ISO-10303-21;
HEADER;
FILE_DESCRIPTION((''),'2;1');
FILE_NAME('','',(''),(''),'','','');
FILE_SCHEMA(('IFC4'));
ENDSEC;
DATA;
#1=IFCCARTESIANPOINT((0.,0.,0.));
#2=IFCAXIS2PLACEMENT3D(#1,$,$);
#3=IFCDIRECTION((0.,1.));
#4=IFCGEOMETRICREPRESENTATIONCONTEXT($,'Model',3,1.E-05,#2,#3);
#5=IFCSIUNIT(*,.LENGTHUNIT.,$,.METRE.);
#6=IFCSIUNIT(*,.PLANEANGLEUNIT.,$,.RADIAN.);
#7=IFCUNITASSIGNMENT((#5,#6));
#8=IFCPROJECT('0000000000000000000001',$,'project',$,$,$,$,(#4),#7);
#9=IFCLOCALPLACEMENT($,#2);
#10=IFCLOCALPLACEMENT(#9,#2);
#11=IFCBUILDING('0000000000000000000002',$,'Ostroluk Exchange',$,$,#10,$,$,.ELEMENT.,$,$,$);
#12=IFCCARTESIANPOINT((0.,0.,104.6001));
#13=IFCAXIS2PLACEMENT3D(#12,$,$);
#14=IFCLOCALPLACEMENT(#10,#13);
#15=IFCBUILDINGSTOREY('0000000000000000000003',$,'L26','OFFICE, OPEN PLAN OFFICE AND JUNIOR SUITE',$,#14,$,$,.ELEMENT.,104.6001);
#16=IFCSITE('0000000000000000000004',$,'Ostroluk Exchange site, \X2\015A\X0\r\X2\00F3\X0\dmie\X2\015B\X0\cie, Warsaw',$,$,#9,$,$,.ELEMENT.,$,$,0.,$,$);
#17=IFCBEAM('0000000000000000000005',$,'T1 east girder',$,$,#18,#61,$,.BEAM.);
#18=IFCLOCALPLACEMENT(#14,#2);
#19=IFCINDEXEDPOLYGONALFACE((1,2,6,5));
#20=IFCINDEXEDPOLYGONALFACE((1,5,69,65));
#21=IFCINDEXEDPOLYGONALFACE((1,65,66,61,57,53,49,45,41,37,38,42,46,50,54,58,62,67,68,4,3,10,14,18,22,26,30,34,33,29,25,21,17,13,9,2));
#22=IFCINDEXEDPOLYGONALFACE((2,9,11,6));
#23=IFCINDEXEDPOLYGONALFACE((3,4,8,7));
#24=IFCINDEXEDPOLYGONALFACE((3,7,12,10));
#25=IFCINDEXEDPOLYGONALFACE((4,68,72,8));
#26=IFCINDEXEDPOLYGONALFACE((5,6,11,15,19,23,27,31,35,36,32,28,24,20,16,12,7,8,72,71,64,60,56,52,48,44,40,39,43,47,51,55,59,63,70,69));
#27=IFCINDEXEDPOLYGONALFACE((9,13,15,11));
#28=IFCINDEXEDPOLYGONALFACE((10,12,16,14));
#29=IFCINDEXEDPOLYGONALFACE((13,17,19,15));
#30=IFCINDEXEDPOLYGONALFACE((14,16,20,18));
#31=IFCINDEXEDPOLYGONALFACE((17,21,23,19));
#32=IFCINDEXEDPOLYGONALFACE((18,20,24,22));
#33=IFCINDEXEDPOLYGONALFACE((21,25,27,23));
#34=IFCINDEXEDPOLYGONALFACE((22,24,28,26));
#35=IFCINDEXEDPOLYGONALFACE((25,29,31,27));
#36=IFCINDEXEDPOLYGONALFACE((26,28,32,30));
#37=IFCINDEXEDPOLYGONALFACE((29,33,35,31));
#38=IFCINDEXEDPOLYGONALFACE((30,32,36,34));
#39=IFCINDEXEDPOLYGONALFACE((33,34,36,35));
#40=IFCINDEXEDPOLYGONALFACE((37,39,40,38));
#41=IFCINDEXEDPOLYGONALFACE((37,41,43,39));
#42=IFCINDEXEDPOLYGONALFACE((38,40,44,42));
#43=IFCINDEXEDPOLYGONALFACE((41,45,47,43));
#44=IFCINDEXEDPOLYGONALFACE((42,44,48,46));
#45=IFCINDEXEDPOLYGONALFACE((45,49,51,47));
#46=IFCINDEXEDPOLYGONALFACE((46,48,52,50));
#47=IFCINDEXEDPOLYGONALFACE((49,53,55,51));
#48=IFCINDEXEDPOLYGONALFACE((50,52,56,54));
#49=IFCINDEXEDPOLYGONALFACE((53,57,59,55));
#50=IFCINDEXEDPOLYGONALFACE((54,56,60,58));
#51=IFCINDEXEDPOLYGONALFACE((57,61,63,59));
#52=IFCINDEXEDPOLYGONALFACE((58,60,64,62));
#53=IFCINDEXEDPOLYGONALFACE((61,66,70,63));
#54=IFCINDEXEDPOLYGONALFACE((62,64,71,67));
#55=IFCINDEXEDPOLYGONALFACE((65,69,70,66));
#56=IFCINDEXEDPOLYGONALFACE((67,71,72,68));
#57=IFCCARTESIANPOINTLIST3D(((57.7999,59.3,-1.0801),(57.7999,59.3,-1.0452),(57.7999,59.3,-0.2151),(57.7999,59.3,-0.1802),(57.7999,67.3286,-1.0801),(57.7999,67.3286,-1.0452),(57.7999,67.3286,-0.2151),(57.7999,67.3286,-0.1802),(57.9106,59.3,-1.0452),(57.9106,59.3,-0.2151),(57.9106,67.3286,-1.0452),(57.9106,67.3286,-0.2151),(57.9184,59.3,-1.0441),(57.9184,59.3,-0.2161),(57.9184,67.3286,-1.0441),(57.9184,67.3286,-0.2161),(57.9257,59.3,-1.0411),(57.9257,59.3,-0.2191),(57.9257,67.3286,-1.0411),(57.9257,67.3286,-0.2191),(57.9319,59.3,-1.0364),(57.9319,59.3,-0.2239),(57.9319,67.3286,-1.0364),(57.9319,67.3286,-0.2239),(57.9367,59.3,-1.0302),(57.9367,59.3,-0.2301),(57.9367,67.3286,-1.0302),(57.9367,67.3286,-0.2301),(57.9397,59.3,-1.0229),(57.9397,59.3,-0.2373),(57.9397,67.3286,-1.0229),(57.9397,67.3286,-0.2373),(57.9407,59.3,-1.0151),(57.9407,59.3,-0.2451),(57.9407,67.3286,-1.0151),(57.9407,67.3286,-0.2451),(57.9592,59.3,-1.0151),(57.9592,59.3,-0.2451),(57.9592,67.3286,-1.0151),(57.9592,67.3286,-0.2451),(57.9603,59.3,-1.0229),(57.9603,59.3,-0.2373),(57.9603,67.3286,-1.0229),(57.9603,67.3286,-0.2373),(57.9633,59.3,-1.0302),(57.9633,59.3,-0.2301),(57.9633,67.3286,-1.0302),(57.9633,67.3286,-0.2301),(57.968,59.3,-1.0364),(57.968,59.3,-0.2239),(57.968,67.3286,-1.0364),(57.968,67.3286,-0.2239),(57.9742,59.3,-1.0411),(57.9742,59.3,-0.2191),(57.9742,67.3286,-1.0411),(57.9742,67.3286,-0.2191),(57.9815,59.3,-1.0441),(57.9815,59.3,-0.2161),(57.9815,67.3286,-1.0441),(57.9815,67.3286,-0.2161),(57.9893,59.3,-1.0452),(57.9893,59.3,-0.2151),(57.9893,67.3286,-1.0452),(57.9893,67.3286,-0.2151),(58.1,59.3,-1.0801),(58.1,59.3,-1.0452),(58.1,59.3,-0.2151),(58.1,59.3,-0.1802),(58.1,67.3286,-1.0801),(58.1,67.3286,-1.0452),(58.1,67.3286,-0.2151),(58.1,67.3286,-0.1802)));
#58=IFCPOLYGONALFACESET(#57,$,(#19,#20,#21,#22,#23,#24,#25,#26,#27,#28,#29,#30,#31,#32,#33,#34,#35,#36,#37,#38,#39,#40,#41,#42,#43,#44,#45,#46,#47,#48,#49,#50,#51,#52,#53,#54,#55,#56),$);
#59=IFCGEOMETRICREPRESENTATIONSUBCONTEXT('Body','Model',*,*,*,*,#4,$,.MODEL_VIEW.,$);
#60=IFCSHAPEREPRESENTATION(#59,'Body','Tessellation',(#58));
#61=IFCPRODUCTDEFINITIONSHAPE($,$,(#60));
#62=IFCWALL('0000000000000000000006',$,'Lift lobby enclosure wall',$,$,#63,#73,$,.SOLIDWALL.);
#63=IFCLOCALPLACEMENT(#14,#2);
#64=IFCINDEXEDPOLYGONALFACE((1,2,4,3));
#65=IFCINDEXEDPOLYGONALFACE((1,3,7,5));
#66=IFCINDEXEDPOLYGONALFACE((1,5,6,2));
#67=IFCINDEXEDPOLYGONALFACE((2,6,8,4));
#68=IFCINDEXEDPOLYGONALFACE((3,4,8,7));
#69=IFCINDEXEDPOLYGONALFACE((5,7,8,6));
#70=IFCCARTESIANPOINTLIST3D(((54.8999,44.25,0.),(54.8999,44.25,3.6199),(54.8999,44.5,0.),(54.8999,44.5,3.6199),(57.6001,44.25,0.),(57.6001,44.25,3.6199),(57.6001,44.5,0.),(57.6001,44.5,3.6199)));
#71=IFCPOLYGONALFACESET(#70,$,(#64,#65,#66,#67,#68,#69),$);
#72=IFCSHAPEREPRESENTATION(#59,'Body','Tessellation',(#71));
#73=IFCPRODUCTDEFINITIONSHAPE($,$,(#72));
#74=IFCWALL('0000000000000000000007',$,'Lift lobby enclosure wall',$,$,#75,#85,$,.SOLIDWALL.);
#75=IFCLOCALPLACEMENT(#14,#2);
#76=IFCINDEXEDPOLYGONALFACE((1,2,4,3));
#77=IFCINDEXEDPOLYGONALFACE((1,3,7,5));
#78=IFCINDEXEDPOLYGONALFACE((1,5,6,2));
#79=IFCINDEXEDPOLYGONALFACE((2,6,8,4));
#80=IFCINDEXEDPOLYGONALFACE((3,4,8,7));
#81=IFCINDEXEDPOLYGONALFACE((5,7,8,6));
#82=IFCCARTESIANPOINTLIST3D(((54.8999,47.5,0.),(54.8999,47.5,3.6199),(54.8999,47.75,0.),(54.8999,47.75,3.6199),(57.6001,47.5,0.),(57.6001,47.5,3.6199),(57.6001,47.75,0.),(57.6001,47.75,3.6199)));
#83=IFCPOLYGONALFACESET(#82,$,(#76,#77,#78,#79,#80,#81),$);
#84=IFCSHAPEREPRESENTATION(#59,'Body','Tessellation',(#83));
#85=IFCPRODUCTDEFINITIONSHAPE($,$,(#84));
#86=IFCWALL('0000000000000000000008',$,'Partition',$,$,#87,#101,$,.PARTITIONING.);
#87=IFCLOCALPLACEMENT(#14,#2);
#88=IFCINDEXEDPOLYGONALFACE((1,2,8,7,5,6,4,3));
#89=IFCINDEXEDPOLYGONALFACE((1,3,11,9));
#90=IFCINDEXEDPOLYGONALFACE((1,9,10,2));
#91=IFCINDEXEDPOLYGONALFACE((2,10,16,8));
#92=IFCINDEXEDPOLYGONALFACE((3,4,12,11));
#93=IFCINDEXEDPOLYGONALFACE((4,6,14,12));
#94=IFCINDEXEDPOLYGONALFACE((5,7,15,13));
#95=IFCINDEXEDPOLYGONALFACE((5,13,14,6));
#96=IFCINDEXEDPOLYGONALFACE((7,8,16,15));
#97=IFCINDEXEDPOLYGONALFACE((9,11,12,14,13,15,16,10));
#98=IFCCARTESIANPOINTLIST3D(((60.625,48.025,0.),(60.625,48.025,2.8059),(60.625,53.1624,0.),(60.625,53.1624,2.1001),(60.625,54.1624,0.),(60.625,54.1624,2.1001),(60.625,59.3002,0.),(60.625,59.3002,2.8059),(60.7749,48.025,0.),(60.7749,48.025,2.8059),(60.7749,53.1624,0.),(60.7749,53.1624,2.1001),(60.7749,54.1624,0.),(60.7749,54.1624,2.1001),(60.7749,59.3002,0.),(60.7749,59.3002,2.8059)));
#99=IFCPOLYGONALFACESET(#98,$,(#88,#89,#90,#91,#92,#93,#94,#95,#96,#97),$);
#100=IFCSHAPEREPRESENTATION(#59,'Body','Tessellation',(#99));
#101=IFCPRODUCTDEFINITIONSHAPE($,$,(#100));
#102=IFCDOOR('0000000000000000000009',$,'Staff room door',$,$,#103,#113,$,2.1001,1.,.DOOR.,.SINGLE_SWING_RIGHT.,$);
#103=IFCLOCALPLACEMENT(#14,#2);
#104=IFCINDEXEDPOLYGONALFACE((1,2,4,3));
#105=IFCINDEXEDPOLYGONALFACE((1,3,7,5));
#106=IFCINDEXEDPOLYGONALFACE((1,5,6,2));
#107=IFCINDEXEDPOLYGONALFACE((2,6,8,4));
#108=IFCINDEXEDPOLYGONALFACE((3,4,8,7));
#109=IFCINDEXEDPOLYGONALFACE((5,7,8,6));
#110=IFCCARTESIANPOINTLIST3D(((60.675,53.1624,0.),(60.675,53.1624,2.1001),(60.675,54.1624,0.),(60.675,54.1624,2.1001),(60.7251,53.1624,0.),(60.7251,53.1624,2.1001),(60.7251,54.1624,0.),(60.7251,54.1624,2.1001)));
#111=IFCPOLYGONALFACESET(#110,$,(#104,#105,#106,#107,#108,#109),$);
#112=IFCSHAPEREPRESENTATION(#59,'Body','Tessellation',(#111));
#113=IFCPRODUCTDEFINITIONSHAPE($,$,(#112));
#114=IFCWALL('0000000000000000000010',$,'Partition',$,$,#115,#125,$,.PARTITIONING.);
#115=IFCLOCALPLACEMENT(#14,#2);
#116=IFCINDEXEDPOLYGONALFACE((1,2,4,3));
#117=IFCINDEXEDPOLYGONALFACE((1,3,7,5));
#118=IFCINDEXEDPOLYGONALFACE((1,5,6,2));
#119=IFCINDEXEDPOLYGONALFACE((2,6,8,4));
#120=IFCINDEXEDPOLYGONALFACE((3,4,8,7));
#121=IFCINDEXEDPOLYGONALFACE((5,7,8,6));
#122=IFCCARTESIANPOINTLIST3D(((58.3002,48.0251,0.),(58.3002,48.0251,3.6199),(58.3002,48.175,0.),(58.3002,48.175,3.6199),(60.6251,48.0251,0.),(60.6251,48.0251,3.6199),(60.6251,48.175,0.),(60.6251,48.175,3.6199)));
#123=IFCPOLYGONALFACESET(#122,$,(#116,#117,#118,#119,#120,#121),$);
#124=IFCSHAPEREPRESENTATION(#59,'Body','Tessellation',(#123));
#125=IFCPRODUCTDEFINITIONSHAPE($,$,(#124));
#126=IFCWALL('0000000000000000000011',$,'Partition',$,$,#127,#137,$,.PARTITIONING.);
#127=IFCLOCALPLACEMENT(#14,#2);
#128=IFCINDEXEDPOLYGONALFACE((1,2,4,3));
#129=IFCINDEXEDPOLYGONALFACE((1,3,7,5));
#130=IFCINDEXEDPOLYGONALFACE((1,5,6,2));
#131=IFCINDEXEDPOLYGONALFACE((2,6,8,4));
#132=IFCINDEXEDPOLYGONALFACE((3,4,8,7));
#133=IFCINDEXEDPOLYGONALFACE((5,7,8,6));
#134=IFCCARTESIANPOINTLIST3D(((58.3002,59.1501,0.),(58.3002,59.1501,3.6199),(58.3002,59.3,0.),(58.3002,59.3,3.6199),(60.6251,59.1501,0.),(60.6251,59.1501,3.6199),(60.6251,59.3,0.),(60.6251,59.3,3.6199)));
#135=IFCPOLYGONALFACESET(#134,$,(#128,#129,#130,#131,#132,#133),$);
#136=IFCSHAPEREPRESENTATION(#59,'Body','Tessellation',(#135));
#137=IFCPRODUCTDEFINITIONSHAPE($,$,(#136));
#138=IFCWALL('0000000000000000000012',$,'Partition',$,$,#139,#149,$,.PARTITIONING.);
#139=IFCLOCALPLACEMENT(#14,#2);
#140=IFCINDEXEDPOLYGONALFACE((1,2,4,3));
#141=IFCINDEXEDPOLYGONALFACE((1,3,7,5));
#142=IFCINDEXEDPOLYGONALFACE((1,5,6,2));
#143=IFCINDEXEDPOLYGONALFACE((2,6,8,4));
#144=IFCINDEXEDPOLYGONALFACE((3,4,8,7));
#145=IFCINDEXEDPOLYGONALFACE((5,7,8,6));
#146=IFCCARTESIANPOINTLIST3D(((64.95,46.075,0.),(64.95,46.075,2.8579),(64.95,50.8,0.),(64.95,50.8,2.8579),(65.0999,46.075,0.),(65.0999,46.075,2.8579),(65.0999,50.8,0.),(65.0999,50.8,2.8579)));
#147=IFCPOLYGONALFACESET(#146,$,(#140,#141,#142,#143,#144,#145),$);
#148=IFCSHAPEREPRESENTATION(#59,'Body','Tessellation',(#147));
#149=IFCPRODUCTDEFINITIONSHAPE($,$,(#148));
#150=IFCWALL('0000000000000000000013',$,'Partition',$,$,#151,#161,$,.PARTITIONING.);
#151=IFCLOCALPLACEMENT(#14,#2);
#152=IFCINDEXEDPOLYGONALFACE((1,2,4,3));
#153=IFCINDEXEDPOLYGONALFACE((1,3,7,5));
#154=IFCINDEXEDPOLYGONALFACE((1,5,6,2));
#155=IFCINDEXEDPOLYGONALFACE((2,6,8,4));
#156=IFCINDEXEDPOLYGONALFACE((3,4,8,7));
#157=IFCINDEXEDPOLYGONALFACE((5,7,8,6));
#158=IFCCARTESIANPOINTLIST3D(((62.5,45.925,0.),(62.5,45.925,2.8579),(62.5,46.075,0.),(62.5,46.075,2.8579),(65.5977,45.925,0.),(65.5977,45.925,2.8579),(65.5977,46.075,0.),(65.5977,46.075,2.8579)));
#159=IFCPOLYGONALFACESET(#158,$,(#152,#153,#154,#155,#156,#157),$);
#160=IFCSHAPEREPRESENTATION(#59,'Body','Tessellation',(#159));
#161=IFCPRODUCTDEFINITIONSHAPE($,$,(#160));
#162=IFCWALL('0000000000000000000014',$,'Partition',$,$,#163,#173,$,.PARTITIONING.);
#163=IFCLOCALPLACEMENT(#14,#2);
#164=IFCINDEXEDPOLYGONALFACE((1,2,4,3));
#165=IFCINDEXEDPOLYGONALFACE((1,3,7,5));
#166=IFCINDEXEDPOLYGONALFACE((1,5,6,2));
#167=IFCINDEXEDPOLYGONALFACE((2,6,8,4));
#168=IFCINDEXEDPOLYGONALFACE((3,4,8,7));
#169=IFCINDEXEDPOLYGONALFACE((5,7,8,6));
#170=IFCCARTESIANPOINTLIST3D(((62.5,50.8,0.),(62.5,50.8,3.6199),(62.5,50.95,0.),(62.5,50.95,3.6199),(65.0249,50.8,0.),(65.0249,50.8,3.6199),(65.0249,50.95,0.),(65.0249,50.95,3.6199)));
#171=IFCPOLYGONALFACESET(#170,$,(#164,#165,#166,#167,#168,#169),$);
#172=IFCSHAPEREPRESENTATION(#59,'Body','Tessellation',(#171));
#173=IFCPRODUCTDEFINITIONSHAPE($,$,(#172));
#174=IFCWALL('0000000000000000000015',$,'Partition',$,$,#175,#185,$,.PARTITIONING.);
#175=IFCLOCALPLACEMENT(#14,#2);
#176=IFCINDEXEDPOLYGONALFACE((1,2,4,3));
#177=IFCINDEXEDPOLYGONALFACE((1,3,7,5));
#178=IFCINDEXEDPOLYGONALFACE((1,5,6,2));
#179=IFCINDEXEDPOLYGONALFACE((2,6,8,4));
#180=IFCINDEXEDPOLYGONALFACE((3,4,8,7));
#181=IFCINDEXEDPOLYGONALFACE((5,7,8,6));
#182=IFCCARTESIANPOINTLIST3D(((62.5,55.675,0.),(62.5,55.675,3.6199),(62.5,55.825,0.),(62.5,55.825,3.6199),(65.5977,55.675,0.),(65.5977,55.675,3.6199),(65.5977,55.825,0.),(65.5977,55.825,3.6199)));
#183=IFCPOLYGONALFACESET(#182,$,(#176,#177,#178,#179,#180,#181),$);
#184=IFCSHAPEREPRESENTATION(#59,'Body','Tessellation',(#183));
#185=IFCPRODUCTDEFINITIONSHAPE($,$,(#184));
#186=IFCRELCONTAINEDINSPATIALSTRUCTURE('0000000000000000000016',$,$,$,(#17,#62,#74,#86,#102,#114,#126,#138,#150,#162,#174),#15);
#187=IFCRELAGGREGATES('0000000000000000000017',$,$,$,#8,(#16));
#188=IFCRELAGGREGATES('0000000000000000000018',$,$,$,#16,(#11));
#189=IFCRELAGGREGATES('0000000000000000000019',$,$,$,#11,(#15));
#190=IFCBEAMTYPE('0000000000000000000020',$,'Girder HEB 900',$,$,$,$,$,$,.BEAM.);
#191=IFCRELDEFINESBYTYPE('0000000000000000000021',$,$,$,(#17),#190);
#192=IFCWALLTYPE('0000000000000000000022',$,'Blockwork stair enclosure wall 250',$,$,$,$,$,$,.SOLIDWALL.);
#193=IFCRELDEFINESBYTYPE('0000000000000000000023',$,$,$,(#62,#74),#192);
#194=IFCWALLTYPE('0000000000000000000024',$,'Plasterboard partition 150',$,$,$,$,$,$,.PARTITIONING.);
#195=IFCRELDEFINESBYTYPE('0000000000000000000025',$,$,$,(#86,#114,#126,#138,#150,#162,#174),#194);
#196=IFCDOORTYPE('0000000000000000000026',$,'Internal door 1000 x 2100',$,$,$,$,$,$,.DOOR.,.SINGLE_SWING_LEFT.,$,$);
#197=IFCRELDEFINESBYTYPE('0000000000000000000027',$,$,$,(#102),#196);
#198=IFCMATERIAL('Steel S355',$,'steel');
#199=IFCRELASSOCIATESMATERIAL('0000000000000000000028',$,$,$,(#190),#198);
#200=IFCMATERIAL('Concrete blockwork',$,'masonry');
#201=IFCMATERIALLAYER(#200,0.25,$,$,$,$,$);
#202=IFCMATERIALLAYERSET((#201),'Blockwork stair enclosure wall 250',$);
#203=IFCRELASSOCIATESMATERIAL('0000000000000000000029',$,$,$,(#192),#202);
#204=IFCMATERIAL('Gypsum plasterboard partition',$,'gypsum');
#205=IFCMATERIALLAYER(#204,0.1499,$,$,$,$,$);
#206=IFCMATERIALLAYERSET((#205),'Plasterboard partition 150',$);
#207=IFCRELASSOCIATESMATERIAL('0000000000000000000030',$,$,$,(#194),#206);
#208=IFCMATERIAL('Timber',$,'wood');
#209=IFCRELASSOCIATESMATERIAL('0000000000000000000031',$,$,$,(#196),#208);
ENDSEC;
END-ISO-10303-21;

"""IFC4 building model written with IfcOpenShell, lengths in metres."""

from ifc_helpers import new_model, si_unit, direction, frame, frame_2d, origin, origin_2d, place, context, subcontext, project, spatial, rectangle, i_section, extrude, material, layer, layer_set, material_profile, profile_set, type_object, element, fill, save


model = new_model("IFC4")

# Units and contexts
model_context = context("Model", 3, precision=1e-05, world=origin(), true_north=direction((0.0, 1.0)))
body_context = subcontext(model_context, "Body", "Model", "MODEL_VIEW")
ifc_project = project(units=[si_unit("LENGTHUNIT", "METRE"), si_unit("PLANEANGLEUNIT", "RADIAN")], contexts=[model_context])

# Site, building, storey
site_placement = place(None, origin())
site = spatial("IfcSite", under=ifc_project, at=site_placement, Name="Ostroluk Exchange site, Śródmieście, Warsaw", CompositionType="ELEMENT", RefElevation=0.0)
building_placement = place(site_placement, origin())
building = spatial("IfcBuilding", under=site, at=building_placement, Name="Ostroluk Exchange", CompositionType="ELEMENT")
storey_placement = place(building_placement, frame((0.0, 0.0, 104.6001)))
storey = spatial("IfcBuildingStorey", under=building, at=storey_placement, Name="L26", Description="OFFICE, OPEN PLAN OFFICE AND JUNIOR SUITE", CompositionType="ELEMENT", Elevation=104.6001)

# Beam
ifc_material_1 = material(Name="Steel S355", Category="steel")
ifc_material_profile_1 = material_profile(ifc_material_1, i_section(OverallWidth=0.3, OverallDepth=0.8999, WebThickness=0.0186, FlangeThickness=0.0349, FilletRadius=0.03, at=origin_2d()), Name="HEB 900")
ifc_profile_set_1 = profile_set([ifc_material_profile_1], Name="Steel S355")
beam_type_1 = type_object("IfcBeamType", Name="Girder HEB 900", PredefinedType="BEAM", material=ifc_profile_set_1)
beam_1_placement = place(storey_placement, frame((57.95, 59.3, -0.6301), z_axis=(0.0, 1.0, 0.0), x_axis=(-1.0, 0.0, 0.0)))
element("IfcBeam", 1, at=beam_1_placement, inside=storey, type_object=beam_type_1, Name="T1 east girder", PredefinedType="BEAM", context=body_context, shape_type="SweptSolid", body=[
    extrude(i_section(OverallWidth=0.3, OverallDepth=0.8999, WebThickness=0.0186, FlangeThickness=0.0349, FilletRadius=0.03, at=origin_2d()), origin(), (0.0, 0.0, 1.0), 8.0286),
])

# Walls
ifc_material_2 = material(Name="Concrete blockwork", Category="masonry")
ifc_layer_1 = layer(ifc_material_2, 0.25)
ifc_layer_set_1 = layer_set([ifc_layer_1], Name="Blockwork stair enclosure wall 250")
wall_type_1 = type_object("IfcWallType", Name="Blockwork stair enclosure wall 250", PredefinedType="SOLIDWALL", material=ifc_layer_set_1)
for number, where, z_axis, x_axis, name in (
    (2, (54.8999, 44.375, 0.0), (0.0, 0.0, 1.0), (1.0, 0.0, 0.0), "Lift lobby enclosure wall"),
    (3, (54.8999, 47.625, 0.0), (0.0, 0.0, 1.0), (1.0, 0.0, 0.0), "Lift lobby enclosure wall"),
):
    element("IfcWall", number, at=place(storey_placement, frame(where, z_axis=z_axis, x_axis=x_axis)), inside=storey, type_object=wall_type_1, Name=name, PredefinedType="SOLIDWALL", context=body_context, shape_type="SweptSolid", body=[
        extrude(rectangle(XDim=2.7002, YDim=0.25, at=frame_2d((1.3501, 0.0))), origin(), (0.0, 0.0, 1.0), 3.6199),
    ])

# Wall, opening, door
ifc_material_3 = material(Name="Gypsum plasterboard partition", Category="gypsum")
ifc_layer_2 = layer(ifc_material_3, 0.1499)
ifc_layer_set_2 = layer_set([ifc_layer_2], Name="Plasterboard partition 150")
wall_type_2 = type_object("IfcWallType", Name="Plasterboard partition 150", PredefinedType="PARTITIONING", material=ifc_layer_set_2)
wall_1_placement = place(storey_placement, frame((60.7, 48.0249, 0.0), z_axis=(0.0, 0.0, 1.0), x_axis=(0.0, 1.0, 0.0)))
wall_1 = element("IfcWall", 4, at=wall_1_placement, inside=storey, type_object=wall_type_2, Name="Partition", PredefinedType="PARTITIONING", context=body_context, shape_type="SweptSolid", body=[
    extrude(rectangle(XDim=11.2751, YDim=0.1499, at=frame_2d((5.6377, 0.0))), origin(), (0.0, 0.0, 1.0), 2.8059),
])
opening_placement = place(wall_1_placement, frame((5.1375, 0.0, 0.0)))
opening = element("IfcOpeningElement", 5, at=opening_placement, cuts=wall_1, PredefinedType="OPENING", context=body_context, shape_type="SweptSolid", body=[
    extrude(rectangle(XDim=1.0, YDim=2.1001, at=frame_2d((0.5, 1.05))), frame((0.0, 0.085, 0.0), z_axis=(0.0, -1.0, 0.0), x_axis=(1.0, 0.0, 0.0)), (0.0, 0.0, 1.0), 0.1699),
])
ifc_material_4 = material(Name="Timber", Category="wood")
door_type = type_object("IfcDoorType", Name="Internal door 1000 x 2100", OperationType="SINGLE_SWING_LEFT", PredefinedType="DOOR", material=ifc_material_4)
door_placement = place(opening_placement, origin())
door = element("IfcDoor", 6, at=door_placement, inside=storey, type_object=door_type, Name="Staff room door", OperationType="SINGLE_SWING_RIGHT", OverallHeight=2.1001, OverallWidth=1.0, PredefinedType="DOOR", context=body_context, shape_type="SweptSolid", body=[
    extrude(rectangle(XDim=1.0, YDim=2.1001, at=frame_2d((0.5, 1.05))), frame((0.0, 0.0249, 0.0), z_axis=(0.0, -1.0, 0.0), x_axis=(1.0, 0.0, 0.0)), (0.0, 0.0, 1.0), 0.05),
])
fill(opening, door)

# Walls
for number, where, z_axis, x_axis, name in (
    (7, (58.3, 48.1001, 0.0), (0.0, 0.0, 1.0), (1.0, 0.0, 0.0), "Partition"),
    (8, (58.3, 59.2251, 0.0), (0.0, 0.0, 1.0), (1.0, 0.0, 0.0), "Partition"),
):
    element("IfcWall", number, at=place(storey_placement, frame(where, z_axis=z_axis, x_axis=x_axis)), inside=storey, type_object=wall_type_2, Name=name, PredefinedType="PARTITIONING", context=body_context, shape_type="SweptSolid", body=[
        extrude(rectangle(XDim=2.325, YDim=0.1499, at=frame_2d((1.1626, 0.0))), origin(), (0.0, 0.0, 1.0), 3.6199),
    ])
wall_2_placement = place(storey_placement, frame((65.0249, 46.075, 0.0), z_axis=(0.0, 0.0, 1.0), x_axis=(0.0, 1.0, 0.0)))
element("IfcWall", 9, at=wall_2_placement, inside=storey, type_object=wall_type_2, Name="Partition", PredefinedType="PARTITIONING", context=body_context, shape_type="SweptSolid", body=[
    extrude(rectangle(XDim=4.7251, YDim=0.1499, at=frame_2d((2.3625, 0.0))), origin(), (0.0, 0.0, 1.0), 2.8579),
])
wall_3_placement = place(storey_placement, frame((62.5, 46.0, 0.0), z_axis=(0.0, 0.0, 1.0), x_axis=(1.0, 0.0, 0.0)))
element("IfcWall", 10, at=wall_3_placement, inside=storey, type_object=wall_type_2, Name="Partition", PredefinedType="PARTITIONING", context=body_context, shape_type="SweptSolid", body=[
    extrude(rectangle(XDim=3.0977, YDim=0.1499, at=frame_2d((1.5488, 0.0))), origin(), (0.0, 0.0, 1.0), 2.8579),
])
wall_4_placement = place(storey_placement, frame((62.5, 50.875, 0.0), z_axis=(0.0, 0.0, 1.0), x_axis=(1.0, 0.0, 0.0)))
element("IfcWall", 11, at=wall_4_placement, inside=storey, type_object=wall_type_2, Name="Partition", PredefinedType="PARTITIONING", context=body_context, shape_type="SweptSolid", body=[
    extrude(rectangle(XDim=2.5249, YDim=0.1499, at=frame_2d((1.2625, 0.0))), origin(), (0.0, 0.0, 1.0), 3.6199),
])
wall_5_placement = place(storey_placement, frame((62.5, 55.75, 0.0), z_axis=(0.0, 0.0, 1.0), x_axis=(1.0, 0.0, 0.0)))
element("IfcWall", 12, at=wall_5_placement, inside=storey, type_object=wall_type_2, Name="Partition", PredefinedType="PARTITIONING", context=body_context, shape_type="SweptSolid", body=[
    extrude(rectangle(XDim=3.0977, YDim=0.1499, at=frame_2d((1.5488, 0.0))), origin(), (0.0, 0.0, 1.0), 3.6199),
])

save(model, "model.ifc")
